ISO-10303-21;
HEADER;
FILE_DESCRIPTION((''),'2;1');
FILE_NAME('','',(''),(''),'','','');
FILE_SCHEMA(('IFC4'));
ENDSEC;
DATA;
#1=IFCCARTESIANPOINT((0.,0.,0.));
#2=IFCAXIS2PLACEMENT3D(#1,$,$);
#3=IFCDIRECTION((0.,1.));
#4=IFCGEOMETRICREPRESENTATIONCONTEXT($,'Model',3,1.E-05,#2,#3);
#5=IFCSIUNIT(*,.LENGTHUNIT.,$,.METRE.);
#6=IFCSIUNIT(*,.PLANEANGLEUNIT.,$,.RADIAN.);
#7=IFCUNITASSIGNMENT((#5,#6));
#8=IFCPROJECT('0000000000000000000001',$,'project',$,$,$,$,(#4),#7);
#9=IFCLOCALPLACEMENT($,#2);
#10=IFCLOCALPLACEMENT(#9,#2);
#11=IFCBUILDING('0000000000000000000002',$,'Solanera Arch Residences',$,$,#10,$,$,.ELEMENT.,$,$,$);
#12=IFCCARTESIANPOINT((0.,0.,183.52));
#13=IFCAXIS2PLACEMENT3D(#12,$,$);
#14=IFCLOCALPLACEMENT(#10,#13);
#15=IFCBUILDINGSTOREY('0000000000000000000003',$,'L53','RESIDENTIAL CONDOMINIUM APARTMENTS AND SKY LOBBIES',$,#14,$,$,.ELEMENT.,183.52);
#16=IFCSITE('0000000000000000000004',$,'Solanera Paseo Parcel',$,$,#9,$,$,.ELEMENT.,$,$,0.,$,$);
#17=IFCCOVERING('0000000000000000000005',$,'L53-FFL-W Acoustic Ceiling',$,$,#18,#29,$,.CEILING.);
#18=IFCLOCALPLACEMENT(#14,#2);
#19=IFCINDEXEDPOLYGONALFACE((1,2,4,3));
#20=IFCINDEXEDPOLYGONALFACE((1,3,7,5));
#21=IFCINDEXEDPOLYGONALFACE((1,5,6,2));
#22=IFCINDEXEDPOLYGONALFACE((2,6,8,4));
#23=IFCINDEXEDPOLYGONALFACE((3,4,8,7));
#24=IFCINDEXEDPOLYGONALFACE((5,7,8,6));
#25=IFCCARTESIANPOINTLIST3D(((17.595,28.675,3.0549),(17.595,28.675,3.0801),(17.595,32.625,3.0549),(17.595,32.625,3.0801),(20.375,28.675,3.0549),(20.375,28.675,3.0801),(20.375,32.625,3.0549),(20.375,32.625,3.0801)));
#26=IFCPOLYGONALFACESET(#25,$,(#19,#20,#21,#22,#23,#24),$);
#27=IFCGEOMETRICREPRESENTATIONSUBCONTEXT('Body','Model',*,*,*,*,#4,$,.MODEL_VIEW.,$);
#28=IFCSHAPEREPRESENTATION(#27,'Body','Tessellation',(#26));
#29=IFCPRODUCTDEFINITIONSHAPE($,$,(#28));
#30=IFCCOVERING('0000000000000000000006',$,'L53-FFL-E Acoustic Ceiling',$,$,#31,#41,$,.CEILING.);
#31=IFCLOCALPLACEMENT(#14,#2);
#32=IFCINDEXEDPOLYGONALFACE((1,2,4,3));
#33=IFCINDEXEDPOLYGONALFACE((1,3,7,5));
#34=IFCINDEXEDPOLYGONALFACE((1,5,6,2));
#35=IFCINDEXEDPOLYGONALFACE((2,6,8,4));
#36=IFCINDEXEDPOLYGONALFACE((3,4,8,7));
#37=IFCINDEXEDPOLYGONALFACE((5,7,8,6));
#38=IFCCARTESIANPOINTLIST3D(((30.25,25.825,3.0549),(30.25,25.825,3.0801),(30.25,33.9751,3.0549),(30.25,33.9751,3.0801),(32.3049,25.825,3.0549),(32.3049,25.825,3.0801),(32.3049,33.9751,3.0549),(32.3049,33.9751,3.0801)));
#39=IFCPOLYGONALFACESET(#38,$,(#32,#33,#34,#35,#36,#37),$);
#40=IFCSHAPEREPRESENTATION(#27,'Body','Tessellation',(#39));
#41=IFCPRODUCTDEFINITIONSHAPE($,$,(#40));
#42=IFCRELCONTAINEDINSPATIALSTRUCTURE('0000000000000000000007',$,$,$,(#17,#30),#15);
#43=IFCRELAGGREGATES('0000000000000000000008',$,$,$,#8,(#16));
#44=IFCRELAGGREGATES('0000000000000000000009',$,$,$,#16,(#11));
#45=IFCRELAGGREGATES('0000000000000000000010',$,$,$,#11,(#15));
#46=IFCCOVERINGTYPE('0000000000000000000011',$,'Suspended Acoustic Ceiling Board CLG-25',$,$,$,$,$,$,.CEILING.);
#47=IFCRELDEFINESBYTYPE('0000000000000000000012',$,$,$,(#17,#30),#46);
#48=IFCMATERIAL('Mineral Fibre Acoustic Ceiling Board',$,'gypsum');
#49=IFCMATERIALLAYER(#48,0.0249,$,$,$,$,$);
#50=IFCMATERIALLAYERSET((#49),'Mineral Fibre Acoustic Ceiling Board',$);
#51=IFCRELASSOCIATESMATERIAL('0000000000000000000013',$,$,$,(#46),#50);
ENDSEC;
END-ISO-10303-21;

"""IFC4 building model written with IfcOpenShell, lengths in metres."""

from ifc_helpers import new_model, si_unit, direction, frame, origin, place, context, subcontext, project, spatial, polyline, outline, extrude, material, layer, layer_set, type_object, element, save


model = new_model("IFC4")

# Units and contexts
model_context = context("Model", 3, precision=1e-05, world=origin(), true_north=direction((0.0, 1.0)))
body_context = subcontext(model_context, "Body", "Model", "MODEL_VIEW")
ifc_project = project(units=[si_unit("LENGTHUNIT", "METRE"), si_unit("PLANEANGLEUNIT", "RADIAN")], contexts=[model_context])

# Site, building, storey
site_placement = place(None, origin())
site = spatial("IfcSite", under=ifc_project, at=site_placement, Name="Solanera Paseo Parcel", CompositionType="ELEMENT", RefElevation=0.0)
building_placement = place(site_placement, origin())
building = spatial("IfcBuilding", under=site, at=building_placement, Name="Solanera Arch Residences", CompositionType="ELEMENT")
storey_placement = place(building_placement, frame((0.0, 0.0, 183.52)))
storey = spatial("IfcBuildingStorey", under=building, at=storey_placement, Name="L53", Description="RESIDENTIAL CONDOMINIUM APARTMENTS AND SKY LOBBIES", CompositionType="ELEMENT", Elevation=183.52)

# Coverings
ifc_material_1 = material(Name="Mineral Fibre Acoustic Ceiling Board", Category="gypsum")
ifc_layer_1 = layer(ifc_material_1, 0.0249)
ifc_layer_set_1 = layer_set([ifc_layer_1], Name="Mineral Fibre Acoustic Ceiling Board")
covering_type_1 = type_object("IfcCoveringType", Name="Suspended Acoustic Ceiling Board CLG-25", PredefinedType="CEILING", material=ifc_layer_set_1)
covering_1_placement = place(storey_placement, frame((0.0, 0.0, 3.0549)))
element("IfcCovering", 1, at=covering_1_placement, inside=storey, type_object=covering_type_1, Name="L53-FFL-W Acoustic Ceiling", PredefinedType="CEILING", context=body_context, shape_type="SweptSolid", body=[
    extrude(outline(polyline([(20.375, 28.675), (17.595, 28.675), (17.595, 32.625), (20.375, 32.625), (20.375, 28.675)])), origin(), (0.0, 0.0, 1.0), 0.0251),
])
covering_2_placement = place(storey_placement, frame((0.0, 0.0, 3.0549)))
element("IfcCovering", 2, at=covering_2_placement, inside=storey, type_object=covering_type_1, Name="L53-FFL-E Acoustic Ceiling", PredefinedType="CEILING", context=body_context, shape_type="SweptSolid", body=[
    extrude(outline(polyline([(32.3049, 25.825), (30.25, 25.825), (30.25, 33.9751), (32.3049, 33.9751), (32.3049, 25.825)])), origin(), (0.0, 0.0, 1.0), 0.0251),
])

save(model, "model.ifc")
